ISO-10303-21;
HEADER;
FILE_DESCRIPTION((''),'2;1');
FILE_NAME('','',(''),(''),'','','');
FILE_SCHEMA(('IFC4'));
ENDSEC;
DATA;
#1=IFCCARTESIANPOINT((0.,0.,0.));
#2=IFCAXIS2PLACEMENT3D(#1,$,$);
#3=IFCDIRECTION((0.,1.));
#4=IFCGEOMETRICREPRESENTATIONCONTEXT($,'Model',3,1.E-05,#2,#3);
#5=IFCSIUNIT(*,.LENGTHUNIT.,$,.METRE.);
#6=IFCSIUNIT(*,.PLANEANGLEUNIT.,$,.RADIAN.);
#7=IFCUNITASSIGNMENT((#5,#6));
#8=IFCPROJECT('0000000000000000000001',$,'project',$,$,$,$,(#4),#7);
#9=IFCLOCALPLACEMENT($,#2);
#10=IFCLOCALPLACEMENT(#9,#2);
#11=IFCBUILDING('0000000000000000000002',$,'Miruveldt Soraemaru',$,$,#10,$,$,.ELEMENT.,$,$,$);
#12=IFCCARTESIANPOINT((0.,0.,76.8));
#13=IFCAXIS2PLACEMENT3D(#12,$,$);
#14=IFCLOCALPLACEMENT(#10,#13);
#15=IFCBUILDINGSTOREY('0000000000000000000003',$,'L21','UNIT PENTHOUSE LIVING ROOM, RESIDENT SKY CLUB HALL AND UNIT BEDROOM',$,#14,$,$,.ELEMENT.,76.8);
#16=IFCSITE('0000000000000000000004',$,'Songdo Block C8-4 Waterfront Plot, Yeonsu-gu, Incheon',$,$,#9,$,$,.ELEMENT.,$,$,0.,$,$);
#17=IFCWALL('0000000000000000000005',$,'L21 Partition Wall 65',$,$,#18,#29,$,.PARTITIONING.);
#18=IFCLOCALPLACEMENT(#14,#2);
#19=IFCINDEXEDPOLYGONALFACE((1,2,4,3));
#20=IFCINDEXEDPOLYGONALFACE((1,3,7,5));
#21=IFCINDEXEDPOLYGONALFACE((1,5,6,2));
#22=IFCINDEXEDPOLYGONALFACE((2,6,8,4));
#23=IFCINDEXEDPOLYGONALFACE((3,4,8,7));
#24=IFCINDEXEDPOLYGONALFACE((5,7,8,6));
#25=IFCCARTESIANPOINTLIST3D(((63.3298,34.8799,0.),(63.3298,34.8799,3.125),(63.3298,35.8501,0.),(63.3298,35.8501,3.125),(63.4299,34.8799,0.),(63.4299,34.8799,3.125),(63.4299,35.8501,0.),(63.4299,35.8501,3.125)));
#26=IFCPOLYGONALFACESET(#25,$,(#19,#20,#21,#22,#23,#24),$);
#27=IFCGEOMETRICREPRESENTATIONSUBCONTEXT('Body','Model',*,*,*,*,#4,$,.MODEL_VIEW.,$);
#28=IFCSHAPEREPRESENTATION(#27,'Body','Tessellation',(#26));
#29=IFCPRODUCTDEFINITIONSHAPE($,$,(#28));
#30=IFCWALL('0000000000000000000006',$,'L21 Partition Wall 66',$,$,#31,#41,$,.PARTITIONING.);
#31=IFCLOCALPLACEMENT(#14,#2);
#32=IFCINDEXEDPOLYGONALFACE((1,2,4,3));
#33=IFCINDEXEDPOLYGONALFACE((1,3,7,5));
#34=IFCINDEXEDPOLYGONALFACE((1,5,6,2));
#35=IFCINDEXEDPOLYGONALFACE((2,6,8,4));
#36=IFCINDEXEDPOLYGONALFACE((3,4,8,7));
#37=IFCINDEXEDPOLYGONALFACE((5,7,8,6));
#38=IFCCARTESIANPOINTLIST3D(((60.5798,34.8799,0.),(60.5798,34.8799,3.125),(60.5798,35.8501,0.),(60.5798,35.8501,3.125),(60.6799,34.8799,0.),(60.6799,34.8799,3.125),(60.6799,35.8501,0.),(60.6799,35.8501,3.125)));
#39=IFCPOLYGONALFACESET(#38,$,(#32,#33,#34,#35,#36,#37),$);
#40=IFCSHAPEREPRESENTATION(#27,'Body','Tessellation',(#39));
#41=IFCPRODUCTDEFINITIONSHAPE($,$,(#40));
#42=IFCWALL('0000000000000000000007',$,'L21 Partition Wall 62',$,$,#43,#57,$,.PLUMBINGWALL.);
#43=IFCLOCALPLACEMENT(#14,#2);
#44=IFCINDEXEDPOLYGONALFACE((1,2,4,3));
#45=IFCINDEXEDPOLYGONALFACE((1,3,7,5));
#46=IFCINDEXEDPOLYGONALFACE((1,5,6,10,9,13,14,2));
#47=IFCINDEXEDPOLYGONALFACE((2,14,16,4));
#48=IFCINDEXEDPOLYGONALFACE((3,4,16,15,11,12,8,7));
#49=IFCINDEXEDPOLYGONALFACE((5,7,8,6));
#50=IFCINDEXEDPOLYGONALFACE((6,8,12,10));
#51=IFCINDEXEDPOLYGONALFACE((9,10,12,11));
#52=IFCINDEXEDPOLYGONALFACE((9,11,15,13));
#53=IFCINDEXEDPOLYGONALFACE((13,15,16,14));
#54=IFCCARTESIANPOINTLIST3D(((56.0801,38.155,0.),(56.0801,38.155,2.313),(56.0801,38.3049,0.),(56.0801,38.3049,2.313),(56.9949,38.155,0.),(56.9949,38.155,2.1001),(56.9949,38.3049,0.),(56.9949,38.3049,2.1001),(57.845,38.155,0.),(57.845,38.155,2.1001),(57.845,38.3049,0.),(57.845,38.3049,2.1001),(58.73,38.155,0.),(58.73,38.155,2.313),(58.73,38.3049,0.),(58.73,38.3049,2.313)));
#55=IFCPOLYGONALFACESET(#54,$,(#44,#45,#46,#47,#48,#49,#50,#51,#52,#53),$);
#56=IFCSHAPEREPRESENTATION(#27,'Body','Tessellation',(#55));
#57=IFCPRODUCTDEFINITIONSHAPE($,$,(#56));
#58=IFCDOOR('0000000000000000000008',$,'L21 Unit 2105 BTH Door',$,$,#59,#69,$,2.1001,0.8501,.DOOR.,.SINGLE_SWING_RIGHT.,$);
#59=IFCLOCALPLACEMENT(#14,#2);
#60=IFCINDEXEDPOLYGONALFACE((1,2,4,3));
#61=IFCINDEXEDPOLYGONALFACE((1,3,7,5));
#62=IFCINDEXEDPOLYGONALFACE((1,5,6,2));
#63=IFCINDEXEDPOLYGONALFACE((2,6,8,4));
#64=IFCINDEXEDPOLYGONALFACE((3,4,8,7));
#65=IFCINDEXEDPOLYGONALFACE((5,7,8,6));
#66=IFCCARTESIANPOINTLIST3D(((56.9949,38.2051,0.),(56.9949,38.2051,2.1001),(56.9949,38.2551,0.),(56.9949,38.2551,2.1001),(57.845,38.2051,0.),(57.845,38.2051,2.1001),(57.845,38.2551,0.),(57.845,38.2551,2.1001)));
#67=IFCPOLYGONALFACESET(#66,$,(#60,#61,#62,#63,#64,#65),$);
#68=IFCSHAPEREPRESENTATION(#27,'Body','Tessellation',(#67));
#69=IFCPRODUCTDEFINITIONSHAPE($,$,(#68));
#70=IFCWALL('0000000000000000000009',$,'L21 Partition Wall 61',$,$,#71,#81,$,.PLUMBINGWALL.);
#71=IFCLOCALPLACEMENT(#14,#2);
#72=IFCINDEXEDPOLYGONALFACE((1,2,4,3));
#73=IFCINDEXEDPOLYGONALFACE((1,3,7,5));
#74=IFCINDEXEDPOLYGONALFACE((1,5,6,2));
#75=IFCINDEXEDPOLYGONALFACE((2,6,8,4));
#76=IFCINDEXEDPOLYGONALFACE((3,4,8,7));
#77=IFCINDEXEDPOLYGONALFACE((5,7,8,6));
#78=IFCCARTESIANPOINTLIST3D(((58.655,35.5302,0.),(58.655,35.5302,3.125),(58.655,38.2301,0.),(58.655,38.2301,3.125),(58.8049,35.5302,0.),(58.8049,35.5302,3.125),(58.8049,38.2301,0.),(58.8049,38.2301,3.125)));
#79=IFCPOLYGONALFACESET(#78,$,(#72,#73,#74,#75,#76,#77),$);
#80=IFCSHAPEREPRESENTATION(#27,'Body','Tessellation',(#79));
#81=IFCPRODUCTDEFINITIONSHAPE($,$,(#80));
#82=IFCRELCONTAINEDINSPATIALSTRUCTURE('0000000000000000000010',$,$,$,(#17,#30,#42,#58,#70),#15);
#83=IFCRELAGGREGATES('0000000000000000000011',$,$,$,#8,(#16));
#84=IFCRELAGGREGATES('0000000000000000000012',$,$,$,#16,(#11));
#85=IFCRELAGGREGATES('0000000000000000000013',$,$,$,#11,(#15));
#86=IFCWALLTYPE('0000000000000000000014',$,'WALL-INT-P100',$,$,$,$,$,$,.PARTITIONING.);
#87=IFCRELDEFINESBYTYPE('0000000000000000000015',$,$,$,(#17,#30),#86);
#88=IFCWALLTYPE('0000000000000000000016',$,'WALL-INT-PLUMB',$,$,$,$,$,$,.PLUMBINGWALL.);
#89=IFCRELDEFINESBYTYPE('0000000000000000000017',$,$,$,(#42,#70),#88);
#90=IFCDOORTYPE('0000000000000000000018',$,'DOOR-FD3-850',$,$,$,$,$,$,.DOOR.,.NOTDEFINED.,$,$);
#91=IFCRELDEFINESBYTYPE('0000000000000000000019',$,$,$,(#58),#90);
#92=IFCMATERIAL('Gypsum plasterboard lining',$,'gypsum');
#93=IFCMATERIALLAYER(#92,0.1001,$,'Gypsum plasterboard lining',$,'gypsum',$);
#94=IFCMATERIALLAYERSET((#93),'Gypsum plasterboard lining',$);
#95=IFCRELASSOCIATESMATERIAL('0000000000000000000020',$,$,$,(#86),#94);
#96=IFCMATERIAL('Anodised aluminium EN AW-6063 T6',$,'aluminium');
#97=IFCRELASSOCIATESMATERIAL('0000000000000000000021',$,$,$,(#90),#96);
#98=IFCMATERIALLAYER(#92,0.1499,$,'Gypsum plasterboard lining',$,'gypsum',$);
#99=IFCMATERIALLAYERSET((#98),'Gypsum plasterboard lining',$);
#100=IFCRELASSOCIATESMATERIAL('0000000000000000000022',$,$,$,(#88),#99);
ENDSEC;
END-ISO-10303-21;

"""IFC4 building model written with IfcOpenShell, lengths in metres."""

from ifc_helpers import new_model, si_unit, direction, frame, frame_2d, origin, place, context, subcontext, project, spatial, rectangle, extrude, material, layer, layer_set, type_object, element, fill, save


model = new_model("IFC4")

# Units and contexts
model_context = context("Model", 3, precision=1e-05, world=origin(), true_north=direction((0.0, 1.0)))
body_context = subcontext(model_context, "Body", "Model", "MODEL_VIEW")
ifc_project = project(units=[si_unit("LENGTHUNIT", "METRE"), si_unit("PLANEANGLEUNIT", "RADIAN")], contexts=[model_context])

# Site, building, storey
site_placement = place(None, origin())
site = spatial("IfcSite", under=ifc_project, at=site_placement, Name="Songdo Block C8-4 Waterfront Plot, Yeonsu-gu, Incheon", CompositionType="ELEMENT", RefElevation=0.0)
building_placement = place(site_placement, origin())
building = spatial("IfcBuilding", under=site, at=building_placement, Name="Miruveldt Soraemaru", CompositionType="ELEMENT")
storey_placement = place(building_placement, frame((0.0, 0.0, 76.8)))
storey = spatial("IfcBuildingStorey", under=building, at=storey_placement, Name="L21", Description="UNIT PENTHOUSE LIVING ROOM, RESIDENT SKY CLUB HALL AND UNIT BEDROOM", CompositionType="ELEMENT", Elevation=76.8)

# Shared definitions
ifc_material_1 = material(Name="Anodised aluminium EN AW-6063 T6", Category="aluminium")

# Shared definitions
ifc_material_2 = material(Name="Gypsum plasterboard lining", Category="gypsum")
ifc_layer_1 = layer(ifc_material_2, 0.1001, Name="Gypsum plasterboard lining", Category="gypsum")
ifc_layer_set_1 = layer_set([ifc_layer_1], Name="Gypsum plasterboard lining")
wall_type_1 = type_object("IfcWallType", Name="WALL-INT-P100", PredefinedType="PARTITIONING", material=ifc_layer_set_1)
door_type_1 = type_object("IfcDoorType", Name="DOOR-FD3-850", OperationType="NOTDEFINED", PredefinedType="DOOR", material=ifc_material_1)

# Walls
for number, where, z_axis, x_axis, name in (
    (1, (63.3799, 34.8799, 0.0), (0.0, 0.0, 1.0), (0.0, 1.0, 0.0), "L21 Partition Wall 65"),
    (2, (60.6299, 35.8501, 0.0), (0.0, 0.0, 1.0), (0.0, -1.0, 0.0), "L21 Partition Wall 66"),
):
    element("IfcWall", number, at=place(storey_placement, frame(where, z_axis=z_axis, x_axis=x_axis)), inside=storey, type_object=wall_type_1, Name=name, PredefinedType="PARTITIONING", context=body_context, shape_type="SweptSolid", body=[
        extrude(rectangle(XDim=0.9702, YDim=0.1001, at=frame_2d((0.4851, 0.0))), origin(), (0.0, 0.0, 1.0), 3.125),
    ])

# Wall, opening, door
ifc_layer_2 = layer(ifc_material_2, 0.1499, Name="Gypsum plasterboard lining", Category="gypsum")
ifc_layer_set_2 = layer_set([ifc_layer_2], Name="Gypsum plasterboard lining")
wall_type_2 = type_object("IfcWallType", Name="WALL-INT-PLUMB", PredefinedType="PLUMBINGWALL", material=ifc_layer_set_2)
wall_1_placement = place(storey_placement, frame((58.73, 38.23, 0.0), z_axis=(0.0, 0.0, 1.0), x_axis=(-1.0, 0.0, 0.0)))
wall_1 = element("IfcWall", 3, at=wall_1_placement, inside=storey, type_object=wall_type_2, Name="L21 Partition Wall 62", PredefinedType="PLUMBINGWALL", context=body_context, shape_type="SweptSolid", body=[
    extrude(rectangle(XDim=2.6499, YDim=0.1499, at=frame_2d((1.325, 0.0))), origin(), (0.0, 0.0, 1.0), 2.313),
])
opening_1_placement = place(wall_1_placement, frame((0.885, 0.0, 0.0)))
opening_1 = element("IfcOpeningElement", 4, at=opening_1_placement, cuts=wall_1, PredefinedType="OPENING", context=body_context, shape_type="SweptSolid", body=[
    extrude(rectangle(XDim=0.8501, YDim=2.1001, at=frame_2d((0.425, 1.05))), frame((0.0, 0.085, 0.0), z_axis=(0.0, -1.0, 0.0), x_axis=(1.0, 0.0, 0.0)), (0.0, 0.0, 1.0), 0.1699),
])
door_1_placement = place(opening_1_placement, origin())
door_1 = element("IfcDoor", 5, at=door_1_placement, inside=storey, type_object=door_type_1, Name="L21 Unit 2105 BTH Door", OperationType="SINGLE_SWING_RIGHT", OverallHeight=2.1001, OverallWidth=0.8501, PredefinedType="DOOR", context=body_context, shape_type="SweptSolid", body=[
    extrude(rectangle(XDim=0.8501, YDim=2.1001, at=frame_2d((0.425, 1.05))), frame((0.0, 0.0249, 0.0), z_axis=(0.0, -1.0, 0.0), x_axis=(1.0, 0.0, 0.0)), (0.0, 0.0, 1.0), 0.05),
])
fill(opening_1, door_1)

# Wall
wall_2_placement = place(storey_placement, frame((58.73, 35.53, 0.0), z_axis=(0.0, 0.0, 1.0), x_axis=(0.0, 1.0, 0.0)))
element("IfcWall", 6, at=wall_2_placement, inside=storey, type_object=wall_type_2, Name="L21 Partition Wall 61", PredefinedType="PLUMBINGWALL", context=body_context, shape_type="SweptSolid", body=[
    extrude(rectangle(XDim=2.7, YDim=0.1499, at=frame_2d((1.3501, 0.0))), origin(), (0.0, 0.0, 1.0), 3.125),
])

save(model, "model.ifc")
